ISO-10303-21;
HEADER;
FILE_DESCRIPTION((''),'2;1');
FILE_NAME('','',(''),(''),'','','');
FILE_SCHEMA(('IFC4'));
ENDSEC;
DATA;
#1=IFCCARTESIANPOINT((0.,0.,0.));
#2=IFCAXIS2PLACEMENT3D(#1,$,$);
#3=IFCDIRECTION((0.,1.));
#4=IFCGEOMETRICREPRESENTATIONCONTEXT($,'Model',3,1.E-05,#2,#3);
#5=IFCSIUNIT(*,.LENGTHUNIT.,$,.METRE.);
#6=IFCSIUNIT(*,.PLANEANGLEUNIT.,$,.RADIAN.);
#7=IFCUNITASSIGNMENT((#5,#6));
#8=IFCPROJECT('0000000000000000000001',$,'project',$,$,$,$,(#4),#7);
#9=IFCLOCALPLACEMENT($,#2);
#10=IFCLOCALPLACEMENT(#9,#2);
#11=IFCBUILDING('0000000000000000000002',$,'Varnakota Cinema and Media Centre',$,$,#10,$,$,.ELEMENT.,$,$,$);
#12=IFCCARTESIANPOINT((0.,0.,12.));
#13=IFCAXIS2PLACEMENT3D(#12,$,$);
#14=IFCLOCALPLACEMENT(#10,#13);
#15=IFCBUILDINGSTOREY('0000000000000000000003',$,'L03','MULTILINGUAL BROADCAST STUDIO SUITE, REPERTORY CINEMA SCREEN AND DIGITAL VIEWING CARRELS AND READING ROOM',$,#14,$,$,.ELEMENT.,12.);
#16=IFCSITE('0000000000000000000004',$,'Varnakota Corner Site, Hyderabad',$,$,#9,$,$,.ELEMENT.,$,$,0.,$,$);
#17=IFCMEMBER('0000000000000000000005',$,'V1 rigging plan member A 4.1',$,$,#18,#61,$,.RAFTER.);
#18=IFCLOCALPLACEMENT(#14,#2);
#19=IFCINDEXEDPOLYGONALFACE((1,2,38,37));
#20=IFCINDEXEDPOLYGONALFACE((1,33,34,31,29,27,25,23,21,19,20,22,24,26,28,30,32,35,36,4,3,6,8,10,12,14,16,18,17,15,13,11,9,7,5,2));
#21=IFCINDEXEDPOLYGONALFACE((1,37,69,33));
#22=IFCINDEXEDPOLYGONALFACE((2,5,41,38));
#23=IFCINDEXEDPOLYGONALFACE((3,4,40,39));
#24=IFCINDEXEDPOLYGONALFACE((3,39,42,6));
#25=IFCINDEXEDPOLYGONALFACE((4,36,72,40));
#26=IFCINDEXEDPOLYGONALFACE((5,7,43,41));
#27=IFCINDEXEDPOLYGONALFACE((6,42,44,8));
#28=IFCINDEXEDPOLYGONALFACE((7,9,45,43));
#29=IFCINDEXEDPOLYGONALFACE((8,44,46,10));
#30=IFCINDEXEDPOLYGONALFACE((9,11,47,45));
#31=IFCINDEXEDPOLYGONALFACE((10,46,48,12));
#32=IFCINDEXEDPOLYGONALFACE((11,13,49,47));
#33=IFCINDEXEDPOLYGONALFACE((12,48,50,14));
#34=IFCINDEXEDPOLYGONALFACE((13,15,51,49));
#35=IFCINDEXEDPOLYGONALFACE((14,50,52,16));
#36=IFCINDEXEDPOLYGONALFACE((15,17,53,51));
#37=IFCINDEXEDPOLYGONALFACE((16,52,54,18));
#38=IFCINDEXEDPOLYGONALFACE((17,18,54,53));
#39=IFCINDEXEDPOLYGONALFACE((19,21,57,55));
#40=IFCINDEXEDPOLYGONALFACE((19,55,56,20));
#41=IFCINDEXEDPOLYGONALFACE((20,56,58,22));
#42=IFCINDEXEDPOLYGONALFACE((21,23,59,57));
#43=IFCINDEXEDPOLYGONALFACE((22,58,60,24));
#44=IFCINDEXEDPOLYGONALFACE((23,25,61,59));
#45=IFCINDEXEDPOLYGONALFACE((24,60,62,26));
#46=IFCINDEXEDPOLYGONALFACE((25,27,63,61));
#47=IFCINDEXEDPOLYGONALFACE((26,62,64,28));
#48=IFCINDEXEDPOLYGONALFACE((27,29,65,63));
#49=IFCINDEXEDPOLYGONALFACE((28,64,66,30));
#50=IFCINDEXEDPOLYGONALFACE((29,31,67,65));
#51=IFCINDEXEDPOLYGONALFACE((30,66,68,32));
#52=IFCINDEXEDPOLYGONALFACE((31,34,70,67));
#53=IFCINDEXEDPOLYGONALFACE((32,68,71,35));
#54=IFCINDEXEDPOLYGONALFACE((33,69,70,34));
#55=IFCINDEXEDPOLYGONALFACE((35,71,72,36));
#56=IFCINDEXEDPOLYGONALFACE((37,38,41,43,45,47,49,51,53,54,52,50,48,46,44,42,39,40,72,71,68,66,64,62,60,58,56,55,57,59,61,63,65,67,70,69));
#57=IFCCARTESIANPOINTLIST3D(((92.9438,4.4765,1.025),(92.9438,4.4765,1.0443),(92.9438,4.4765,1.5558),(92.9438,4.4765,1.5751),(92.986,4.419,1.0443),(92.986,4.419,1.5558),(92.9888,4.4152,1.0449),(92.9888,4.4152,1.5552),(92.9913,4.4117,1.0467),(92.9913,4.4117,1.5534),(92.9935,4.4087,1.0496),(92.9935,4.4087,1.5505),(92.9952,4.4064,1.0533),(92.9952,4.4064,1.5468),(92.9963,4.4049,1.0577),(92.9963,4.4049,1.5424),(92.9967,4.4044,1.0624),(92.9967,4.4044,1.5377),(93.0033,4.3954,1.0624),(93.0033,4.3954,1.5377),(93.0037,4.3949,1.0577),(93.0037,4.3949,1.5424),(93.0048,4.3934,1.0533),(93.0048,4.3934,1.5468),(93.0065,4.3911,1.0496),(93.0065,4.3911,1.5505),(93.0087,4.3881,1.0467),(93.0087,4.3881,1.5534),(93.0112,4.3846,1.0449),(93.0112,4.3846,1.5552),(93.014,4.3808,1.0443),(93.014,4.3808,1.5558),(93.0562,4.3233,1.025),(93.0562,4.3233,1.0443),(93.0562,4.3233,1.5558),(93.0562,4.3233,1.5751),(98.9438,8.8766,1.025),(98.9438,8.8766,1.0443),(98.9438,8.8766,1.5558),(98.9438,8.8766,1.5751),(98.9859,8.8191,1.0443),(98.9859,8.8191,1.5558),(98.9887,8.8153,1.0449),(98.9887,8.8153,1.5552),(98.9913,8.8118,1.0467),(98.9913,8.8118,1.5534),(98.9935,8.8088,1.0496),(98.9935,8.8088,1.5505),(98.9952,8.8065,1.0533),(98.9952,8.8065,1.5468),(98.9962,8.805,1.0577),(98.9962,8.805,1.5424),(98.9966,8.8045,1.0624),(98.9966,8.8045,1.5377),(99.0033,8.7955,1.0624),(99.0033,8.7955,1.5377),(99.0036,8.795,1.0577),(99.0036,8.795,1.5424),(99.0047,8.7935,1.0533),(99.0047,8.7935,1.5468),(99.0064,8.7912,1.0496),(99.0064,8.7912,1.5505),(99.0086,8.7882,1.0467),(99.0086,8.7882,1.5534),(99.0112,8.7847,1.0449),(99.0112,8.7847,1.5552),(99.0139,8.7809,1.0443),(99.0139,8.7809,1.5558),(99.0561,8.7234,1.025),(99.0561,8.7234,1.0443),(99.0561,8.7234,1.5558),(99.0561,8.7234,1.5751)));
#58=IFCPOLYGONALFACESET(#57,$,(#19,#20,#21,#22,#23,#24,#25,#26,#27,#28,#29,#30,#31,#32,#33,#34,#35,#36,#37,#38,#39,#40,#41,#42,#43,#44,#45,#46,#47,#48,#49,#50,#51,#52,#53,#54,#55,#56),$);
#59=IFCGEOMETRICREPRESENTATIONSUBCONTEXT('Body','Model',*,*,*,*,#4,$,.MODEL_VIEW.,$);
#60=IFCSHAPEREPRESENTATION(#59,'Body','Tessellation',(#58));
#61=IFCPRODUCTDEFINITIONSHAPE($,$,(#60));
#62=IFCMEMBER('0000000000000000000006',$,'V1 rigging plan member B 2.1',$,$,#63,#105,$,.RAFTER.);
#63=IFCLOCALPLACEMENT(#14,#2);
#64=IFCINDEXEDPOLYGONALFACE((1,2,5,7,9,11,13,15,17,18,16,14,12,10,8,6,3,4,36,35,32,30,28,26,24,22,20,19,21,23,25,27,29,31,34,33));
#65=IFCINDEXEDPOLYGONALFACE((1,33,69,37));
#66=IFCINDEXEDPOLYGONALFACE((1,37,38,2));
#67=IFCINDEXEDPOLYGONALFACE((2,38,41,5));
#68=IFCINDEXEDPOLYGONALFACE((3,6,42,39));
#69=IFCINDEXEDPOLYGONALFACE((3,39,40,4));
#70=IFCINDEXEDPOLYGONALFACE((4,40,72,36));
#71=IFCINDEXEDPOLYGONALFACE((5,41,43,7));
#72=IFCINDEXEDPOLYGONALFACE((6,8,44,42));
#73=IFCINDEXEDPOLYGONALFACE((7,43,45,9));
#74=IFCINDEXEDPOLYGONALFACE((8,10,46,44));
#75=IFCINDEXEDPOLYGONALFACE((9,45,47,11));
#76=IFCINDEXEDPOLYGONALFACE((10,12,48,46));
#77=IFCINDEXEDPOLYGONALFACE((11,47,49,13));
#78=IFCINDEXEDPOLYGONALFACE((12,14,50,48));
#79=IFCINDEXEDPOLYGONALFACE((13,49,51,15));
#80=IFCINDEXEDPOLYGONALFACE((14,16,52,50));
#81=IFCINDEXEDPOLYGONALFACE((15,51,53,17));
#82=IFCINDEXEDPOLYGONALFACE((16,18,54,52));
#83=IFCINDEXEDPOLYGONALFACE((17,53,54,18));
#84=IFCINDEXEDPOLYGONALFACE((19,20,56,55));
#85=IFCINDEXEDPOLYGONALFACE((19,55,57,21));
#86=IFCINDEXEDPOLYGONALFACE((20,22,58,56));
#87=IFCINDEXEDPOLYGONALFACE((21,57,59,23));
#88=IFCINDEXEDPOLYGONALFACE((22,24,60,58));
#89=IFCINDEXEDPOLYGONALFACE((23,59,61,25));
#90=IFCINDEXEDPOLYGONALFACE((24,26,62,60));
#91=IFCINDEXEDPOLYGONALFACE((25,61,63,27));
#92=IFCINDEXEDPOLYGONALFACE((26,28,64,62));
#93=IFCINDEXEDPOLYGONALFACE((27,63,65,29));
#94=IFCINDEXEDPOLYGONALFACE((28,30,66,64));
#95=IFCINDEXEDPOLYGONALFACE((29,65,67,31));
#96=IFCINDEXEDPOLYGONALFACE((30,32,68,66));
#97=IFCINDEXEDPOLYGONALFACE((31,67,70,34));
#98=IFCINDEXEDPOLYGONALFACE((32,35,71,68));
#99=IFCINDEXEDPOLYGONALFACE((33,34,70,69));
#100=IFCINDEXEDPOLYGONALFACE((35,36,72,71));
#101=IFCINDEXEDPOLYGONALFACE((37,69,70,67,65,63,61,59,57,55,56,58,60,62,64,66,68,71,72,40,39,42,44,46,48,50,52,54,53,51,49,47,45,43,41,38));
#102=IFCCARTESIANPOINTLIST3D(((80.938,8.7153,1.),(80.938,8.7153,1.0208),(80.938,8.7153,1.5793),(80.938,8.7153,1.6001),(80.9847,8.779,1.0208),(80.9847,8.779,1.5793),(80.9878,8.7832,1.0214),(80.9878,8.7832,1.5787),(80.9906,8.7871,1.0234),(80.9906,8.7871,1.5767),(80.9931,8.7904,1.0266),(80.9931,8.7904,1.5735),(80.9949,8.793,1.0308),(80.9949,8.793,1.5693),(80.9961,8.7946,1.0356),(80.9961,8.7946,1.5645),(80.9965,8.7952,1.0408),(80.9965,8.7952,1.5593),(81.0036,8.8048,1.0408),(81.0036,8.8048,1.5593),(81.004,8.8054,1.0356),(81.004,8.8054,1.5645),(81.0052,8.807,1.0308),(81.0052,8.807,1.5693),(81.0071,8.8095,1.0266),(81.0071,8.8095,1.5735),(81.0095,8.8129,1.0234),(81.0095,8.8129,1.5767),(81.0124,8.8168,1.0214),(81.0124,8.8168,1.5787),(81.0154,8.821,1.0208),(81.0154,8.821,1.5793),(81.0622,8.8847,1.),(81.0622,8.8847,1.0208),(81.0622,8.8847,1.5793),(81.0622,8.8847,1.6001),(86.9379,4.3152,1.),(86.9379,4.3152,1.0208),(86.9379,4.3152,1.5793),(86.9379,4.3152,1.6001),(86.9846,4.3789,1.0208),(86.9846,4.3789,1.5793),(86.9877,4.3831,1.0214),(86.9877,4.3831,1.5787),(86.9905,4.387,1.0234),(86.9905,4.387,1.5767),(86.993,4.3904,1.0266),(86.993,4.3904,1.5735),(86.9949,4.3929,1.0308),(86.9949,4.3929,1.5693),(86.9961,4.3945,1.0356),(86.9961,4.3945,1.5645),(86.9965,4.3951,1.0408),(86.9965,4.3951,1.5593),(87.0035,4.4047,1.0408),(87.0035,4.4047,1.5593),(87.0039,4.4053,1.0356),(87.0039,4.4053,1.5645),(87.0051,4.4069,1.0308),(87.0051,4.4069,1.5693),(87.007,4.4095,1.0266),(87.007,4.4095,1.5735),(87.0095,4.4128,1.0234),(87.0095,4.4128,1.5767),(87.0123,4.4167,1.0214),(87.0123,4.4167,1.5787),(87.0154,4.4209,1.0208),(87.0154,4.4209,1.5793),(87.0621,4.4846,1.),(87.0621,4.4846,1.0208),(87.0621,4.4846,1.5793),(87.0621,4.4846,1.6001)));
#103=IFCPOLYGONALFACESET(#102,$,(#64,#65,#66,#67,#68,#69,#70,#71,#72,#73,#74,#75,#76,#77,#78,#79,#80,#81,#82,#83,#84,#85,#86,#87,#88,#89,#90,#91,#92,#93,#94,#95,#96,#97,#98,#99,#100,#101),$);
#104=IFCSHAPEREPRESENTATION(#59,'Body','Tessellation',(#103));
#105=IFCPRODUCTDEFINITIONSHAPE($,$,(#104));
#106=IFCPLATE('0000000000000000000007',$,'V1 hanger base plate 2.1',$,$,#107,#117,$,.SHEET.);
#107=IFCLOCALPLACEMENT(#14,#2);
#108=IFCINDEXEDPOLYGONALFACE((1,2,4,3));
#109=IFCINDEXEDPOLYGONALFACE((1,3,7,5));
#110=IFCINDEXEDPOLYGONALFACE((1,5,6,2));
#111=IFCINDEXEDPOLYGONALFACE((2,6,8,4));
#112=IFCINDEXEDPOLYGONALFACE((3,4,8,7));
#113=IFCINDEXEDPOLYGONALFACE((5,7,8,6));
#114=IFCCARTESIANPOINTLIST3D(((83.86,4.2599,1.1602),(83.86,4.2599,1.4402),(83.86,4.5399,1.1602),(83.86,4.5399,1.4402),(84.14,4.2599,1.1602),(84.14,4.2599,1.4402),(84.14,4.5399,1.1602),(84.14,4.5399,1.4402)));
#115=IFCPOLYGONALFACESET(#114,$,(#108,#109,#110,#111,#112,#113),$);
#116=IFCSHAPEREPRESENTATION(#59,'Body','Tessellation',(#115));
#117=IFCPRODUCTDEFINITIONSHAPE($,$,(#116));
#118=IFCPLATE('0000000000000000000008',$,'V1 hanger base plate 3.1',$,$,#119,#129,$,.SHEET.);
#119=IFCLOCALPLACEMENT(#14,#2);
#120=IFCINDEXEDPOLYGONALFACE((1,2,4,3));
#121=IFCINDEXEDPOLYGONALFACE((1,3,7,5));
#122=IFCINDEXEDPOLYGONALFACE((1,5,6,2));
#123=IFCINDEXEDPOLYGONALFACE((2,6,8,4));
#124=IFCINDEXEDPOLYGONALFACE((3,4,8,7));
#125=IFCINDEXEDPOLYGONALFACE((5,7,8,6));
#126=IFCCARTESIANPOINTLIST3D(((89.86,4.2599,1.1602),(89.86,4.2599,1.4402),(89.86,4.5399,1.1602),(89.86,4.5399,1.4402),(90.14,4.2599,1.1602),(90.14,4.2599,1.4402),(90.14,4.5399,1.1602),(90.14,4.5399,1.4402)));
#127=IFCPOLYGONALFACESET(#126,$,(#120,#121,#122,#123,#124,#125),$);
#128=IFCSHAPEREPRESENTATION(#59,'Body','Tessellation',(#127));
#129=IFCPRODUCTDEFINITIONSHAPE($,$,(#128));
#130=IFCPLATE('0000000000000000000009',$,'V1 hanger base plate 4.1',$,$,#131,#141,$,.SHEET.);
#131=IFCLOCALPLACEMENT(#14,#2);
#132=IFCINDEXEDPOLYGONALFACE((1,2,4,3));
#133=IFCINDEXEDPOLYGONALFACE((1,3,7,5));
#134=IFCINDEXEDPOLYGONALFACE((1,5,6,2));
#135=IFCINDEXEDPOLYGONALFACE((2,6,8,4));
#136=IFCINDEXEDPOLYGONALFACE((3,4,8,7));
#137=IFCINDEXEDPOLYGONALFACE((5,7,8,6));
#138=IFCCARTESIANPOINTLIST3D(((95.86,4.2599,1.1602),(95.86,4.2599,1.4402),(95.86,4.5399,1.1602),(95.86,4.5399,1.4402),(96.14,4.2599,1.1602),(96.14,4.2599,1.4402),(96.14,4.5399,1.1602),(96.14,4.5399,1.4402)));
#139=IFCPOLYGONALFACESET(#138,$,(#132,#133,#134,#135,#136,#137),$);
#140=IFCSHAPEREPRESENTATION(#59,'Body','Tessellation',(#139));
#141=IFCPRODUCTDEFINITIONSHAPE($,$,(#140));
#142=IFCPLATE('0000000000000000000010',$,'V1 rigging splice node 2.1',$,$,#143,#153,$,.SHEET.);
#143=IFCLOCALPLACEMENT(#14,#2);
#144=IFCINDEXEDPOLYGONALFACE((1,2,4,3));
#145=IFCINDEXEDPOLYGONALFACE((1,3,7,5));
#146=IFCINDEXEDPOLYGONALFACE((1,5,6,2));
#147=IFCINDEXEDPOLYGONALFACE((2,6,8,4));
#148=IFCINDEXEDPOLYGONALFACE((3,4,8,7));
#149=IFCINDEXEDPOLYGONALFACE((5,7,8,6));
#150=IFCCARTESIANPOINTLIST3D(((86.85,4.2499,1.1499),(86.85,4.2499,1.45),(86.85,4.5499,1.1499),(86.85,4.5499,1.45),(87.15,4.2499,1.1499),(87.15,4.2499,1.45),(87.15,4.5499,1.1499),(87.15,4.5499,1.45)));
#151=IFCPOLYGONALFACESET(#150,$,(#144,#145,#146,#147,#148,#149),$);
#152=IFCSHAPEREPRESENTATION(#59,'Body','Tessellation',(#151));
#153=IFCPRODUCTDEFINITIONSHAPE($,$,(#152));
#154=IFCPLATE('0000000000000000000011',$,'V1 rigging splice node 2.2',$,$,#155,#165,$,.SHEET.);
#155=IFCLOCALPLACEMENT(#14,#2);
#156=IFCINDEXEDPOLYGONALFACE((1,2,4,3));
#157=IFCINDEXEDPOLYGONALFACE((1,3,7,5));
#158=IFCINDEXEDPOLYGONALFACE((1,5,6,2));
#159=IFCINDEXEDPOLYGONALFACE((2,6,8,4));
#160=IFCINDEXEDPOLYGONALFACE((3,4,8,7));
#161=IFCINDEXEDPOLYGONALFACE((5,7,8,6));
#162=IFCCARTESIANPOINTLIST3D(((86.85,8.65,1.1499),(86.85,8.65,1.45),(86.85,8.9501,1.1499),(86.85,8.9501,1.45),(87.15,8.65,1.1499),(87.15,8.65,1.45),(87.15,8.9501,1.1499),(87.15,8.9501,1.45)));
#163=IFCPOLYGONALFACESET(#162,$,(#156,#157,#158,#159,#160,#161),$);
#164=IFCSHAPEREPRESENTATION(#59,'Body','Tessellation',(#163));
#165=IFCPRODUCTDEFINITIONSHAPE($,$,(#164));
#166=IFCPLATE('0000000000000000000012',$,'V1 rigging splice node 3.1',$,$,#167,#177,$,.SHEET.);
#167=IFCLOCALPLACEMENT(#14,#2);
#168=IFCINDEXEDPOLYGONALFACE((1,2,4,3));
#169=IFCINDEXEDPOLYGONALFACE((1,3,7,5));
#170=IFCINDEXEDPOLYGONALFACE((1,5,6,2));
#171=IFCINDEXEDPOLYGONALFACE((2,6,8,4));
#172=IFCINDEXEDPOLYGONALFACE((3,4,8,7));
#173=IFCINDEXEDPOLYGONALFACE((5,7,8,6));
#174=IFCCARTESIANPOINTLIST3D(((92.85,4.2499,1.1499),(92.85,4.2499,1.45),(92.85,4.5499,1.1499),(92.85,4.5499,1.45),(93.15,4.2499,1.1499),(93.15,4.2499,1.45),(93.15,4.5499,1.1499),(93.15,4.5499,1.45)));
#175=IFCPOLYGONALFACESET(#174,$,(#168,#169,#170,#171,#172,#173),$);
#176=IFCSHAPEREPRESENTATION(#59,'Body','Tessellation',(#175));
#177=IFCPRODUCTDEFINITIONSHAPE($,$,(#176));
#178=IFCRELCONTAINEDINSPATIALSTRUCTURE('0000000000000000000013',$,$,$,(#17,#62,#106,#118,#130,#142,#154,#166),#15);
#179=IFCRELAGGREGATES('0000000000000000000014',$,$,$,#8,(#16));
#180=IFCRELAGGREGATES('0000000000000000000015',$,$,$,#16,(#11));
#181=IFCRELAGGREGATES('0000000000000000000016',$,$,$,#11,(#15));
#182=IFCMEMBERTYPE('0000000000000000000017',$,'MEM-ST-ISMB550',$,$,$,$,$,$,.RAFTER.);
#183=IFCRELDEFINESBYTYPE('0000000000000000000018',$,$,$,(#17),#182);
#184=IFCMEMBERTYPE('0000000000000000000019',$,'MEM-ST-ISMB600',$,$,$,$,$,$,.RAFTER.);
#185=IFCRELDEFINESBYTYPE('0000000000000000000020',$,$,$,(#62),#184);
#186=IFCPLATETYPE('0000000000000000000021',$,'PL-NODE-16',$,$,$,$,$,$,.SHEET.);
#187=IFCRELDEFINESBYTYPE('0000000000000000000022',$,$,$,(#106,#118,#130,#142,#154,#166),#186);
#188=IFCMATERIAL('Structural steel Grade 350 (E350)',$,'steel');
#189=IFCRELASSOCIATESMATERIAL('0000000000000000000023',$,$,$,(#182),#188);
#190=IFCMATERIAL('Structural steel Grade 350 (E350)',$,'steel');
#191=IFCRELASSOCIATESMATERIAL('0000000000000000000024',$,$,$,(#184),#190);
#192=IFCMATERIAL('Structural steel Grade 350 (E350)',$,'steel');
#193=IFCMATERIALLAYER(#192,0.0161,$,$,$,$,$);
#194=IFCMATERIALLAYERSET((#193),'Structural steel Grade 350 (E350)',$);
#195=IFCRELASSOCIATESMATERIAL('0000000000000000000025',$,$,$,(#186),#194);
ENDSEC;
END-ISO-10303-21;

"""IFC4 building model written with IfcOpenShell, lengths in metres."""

from ifc_helpers import new_model, si_unit, direction, frame, origin, origin_2d, place, context, subcontext, project, spatial, rectangle, i_section, extrude, material, layer, layer_set, material_profile, profile_set, type_object, element, save


model = new_model("IFC4")

# Units and contexts
model_context = context("Model", 3, precision=1e-05, world=origin(), true_north=direction((0.0, 1.0)))
body_context = subcontext(model_context, "Body", "Model", "MODEL_VIEW")
ifc_project = project(units=[si_unit("LENGTHUNIT", "METRE"), si_unit("PLANEANGLEUNIT", "RADIAN")], contexts=[model_context])

# Site, building, storey
site_placement = place(None, origin())
site = spatial("IfcSite", under=ifc_project, at=site_placement, Name="Varnakota Corner Site, Hyderabad", CompositionType="ELEMENT", RefElevation=0.0)
building_placement = place(site_placement, origin())
building = spatial("IfcBuilding", under=site, at=building_placement, Name="Varnakota Cinema and Media Centre", CompositionType="ELEMENT")
storey_placement = place(building_placement, frame((0.0, 0.0, 12.0)))
storey = spatial("IfcBuildingStorey", under=building, at=storey_placement, Name="L03", Description="MULTILINGUAL BROADCAST STUDIO SUITE, REPERTORY CINEMA SCREEN AND DIGITAL VIEWING CARRELS AND READING ROOM", CompositionType="ELEMENT", Elevation=12.0)

# Members
ifc_material_1 = material(Name="Structural steel Grade 350 (E350)", Category="steel")
ifc_material_profile_1 = material_profile(ifc_material_1, i_section(OverallWidth=0.1899, OverallDepth=0.55, WebThickness=0.0112, FlangeThickness=0.0193, FilletRadius=0.0181, at=origin_2d()), Name="ISMB 550")
ifc_profile_set_1 = profile_set([ifc_material_profile_1], Name="Structural steel Grade 350 (E350)")
member_type_1 = type_object("IfcMemberType", Name="MEM-ST-ISMB550", PredefinedType="RAFTER", material=ifc_profile_set_1)
member_1_placement = place(storey_placement, frame((93.0, 4.3999, 1.3), z_axis=(0.806396, 0.591376, 0.0), x_axis=(-0.591376, 0.806396, 0.0)))
element("IfcMember", 1, at=member_1_placement, inside=storey, type_object=member_type_1, Name="V1 rigging plan member A 4.1", PredefinedType="RAFTER", context=body_context, shape_type="SweptSolid", body=[
    extrude(i_section(OverallWidth=0.1899, OverallDepth=0.55, WebThickness=0.0112, FlangeThickness=0.0193, FilletRadius=0.0181, at=origin_2d()), origin(), (0.0, 0.0, 1.0), 7.4404),
])
ifc_material_2 = material(Name="Structural steel Grade 350 (E350)", Category="steel")
ifc_material_profile_2 = material_profile(ifc_material_2, i_section(OverallWidth=0.21, OverallDepth=0.6001, WebThickness=0.012, FlangeThickness=0.0208, FilletRadius=0.02, at=origin_2d()), Name="ISMB 600")
ifc_profile_set_2 = profile_set([ifc_material_profile_2], Name="Structural steel Grade 350 (E350)")
member_type_2 = type_object("IfcMemberType", Name="MEM-ST-ISMB600", PredefinedType="RAFTER", material=ifc_profile_set_2)
member_2_placement = place(storey_placement, frame((87.0, 4.3999, 1.3), z_axis=(-0.806396, 0.591376, 0.0), x_axis=(-0.591376, -0.806396, 0.0)))
element("IfcMember", 2, at=member_2_placement, inside=storey, type_object=member_type_2, Name="V1 rigging plan member B 2.1", PredefinedType="RAFTER", context=body_context, shape_type="SweptSolid", body=[
    extrude(i_section(OverallWidth=0.21, OverallDepth=0.6001, WebThickness=0.012, FlangeThickness=0.0208, FilletRadius=0.02, at=origin_2d()), origin(), (0.0, 0.0, 1.0), 7.4404),
])

# Plates
ifc_material_3 = material(Name="Structural steel Grade 350 (E350)", Category="steel")
ifc_layer_1 = layer(ifc_material_3, 0.0161)
ifc_layer_set_1 = layer_set([ifc_layer_1], Name="Structural steel Grade 350 (E350)")
plate_type = type_object("IfcPlateType", Name="PL-NODE-16", PredefinedType="SHEET", material=ifc_layer_set_1)
for number, where, z_axis, x_axis, name in (
    (3, (84.0, 4.3999, 1.1602), (0.0, 0.0, 1.0), (1.0, 0.0, 0.0), "V1 hanger base plate 2.1"),
    (4, (90.0, 4.3999, 1.1602), (0.0, 0.0, 1.0), (1.0, 0.0, 0.0), "V1 hanger base plate 3.1"),
    (5, (96.0, 4.3999, 1.1602), (0.0, 0.0, 1.0), (1.0, 0.0, 0.0), "V1 hanger base plate 4.1"),
):
    element("IfcPlate", number, at=place(storey_placement, frame(where, z_axis=z_axis, x_axis=x_axis)), inside=storey, type_object=plate_type, Name=name, PredefinedType="SHEET", context=body_context, shape_type="SweptSolid", body=[
        extrude(rectangle(XDim=0.28, YDim=0.28, at=origin_2d()), origin(), (0.0, 0.0, 1.0), 0.28),
    ])
for number, where, z_axis, x_axis, name in (
    (6, (87.0, 4.3999, 1.1499), (0.0, 0.0, 1.0), (1.0, 0.0, 0.0), "V1 rigging splice node 2.1"),
    (7, (87.0, 8.8, 1.1499), (0.0, 0.0, 1.0), (1.0, 0.0, 0.0), "V1 rigging splice node 2.2"),
    (8, (93.0, 4.3999, 1.1499), (0.0, 0.0, 1.0), (1.0, 0.0, 0.0), "V1 rigging splice node 3.1"),
):
    element("IfcPlate", number, at=place(storey_placement, frame(where, z_axis=z_axis, x_axis=x_axis)), inside=storey, type_object=plate_type, Name=name, PredefinedType="SHEET", context=body_context, shape_type="SweptSolid", body=[
        extrude(rectangle(XDim=0.3, YDim=0.3, at=origin_2d()), origin(), (0.0, 0.0, 1.0), 0.3),
    ])

save(model, "model.ifc")
